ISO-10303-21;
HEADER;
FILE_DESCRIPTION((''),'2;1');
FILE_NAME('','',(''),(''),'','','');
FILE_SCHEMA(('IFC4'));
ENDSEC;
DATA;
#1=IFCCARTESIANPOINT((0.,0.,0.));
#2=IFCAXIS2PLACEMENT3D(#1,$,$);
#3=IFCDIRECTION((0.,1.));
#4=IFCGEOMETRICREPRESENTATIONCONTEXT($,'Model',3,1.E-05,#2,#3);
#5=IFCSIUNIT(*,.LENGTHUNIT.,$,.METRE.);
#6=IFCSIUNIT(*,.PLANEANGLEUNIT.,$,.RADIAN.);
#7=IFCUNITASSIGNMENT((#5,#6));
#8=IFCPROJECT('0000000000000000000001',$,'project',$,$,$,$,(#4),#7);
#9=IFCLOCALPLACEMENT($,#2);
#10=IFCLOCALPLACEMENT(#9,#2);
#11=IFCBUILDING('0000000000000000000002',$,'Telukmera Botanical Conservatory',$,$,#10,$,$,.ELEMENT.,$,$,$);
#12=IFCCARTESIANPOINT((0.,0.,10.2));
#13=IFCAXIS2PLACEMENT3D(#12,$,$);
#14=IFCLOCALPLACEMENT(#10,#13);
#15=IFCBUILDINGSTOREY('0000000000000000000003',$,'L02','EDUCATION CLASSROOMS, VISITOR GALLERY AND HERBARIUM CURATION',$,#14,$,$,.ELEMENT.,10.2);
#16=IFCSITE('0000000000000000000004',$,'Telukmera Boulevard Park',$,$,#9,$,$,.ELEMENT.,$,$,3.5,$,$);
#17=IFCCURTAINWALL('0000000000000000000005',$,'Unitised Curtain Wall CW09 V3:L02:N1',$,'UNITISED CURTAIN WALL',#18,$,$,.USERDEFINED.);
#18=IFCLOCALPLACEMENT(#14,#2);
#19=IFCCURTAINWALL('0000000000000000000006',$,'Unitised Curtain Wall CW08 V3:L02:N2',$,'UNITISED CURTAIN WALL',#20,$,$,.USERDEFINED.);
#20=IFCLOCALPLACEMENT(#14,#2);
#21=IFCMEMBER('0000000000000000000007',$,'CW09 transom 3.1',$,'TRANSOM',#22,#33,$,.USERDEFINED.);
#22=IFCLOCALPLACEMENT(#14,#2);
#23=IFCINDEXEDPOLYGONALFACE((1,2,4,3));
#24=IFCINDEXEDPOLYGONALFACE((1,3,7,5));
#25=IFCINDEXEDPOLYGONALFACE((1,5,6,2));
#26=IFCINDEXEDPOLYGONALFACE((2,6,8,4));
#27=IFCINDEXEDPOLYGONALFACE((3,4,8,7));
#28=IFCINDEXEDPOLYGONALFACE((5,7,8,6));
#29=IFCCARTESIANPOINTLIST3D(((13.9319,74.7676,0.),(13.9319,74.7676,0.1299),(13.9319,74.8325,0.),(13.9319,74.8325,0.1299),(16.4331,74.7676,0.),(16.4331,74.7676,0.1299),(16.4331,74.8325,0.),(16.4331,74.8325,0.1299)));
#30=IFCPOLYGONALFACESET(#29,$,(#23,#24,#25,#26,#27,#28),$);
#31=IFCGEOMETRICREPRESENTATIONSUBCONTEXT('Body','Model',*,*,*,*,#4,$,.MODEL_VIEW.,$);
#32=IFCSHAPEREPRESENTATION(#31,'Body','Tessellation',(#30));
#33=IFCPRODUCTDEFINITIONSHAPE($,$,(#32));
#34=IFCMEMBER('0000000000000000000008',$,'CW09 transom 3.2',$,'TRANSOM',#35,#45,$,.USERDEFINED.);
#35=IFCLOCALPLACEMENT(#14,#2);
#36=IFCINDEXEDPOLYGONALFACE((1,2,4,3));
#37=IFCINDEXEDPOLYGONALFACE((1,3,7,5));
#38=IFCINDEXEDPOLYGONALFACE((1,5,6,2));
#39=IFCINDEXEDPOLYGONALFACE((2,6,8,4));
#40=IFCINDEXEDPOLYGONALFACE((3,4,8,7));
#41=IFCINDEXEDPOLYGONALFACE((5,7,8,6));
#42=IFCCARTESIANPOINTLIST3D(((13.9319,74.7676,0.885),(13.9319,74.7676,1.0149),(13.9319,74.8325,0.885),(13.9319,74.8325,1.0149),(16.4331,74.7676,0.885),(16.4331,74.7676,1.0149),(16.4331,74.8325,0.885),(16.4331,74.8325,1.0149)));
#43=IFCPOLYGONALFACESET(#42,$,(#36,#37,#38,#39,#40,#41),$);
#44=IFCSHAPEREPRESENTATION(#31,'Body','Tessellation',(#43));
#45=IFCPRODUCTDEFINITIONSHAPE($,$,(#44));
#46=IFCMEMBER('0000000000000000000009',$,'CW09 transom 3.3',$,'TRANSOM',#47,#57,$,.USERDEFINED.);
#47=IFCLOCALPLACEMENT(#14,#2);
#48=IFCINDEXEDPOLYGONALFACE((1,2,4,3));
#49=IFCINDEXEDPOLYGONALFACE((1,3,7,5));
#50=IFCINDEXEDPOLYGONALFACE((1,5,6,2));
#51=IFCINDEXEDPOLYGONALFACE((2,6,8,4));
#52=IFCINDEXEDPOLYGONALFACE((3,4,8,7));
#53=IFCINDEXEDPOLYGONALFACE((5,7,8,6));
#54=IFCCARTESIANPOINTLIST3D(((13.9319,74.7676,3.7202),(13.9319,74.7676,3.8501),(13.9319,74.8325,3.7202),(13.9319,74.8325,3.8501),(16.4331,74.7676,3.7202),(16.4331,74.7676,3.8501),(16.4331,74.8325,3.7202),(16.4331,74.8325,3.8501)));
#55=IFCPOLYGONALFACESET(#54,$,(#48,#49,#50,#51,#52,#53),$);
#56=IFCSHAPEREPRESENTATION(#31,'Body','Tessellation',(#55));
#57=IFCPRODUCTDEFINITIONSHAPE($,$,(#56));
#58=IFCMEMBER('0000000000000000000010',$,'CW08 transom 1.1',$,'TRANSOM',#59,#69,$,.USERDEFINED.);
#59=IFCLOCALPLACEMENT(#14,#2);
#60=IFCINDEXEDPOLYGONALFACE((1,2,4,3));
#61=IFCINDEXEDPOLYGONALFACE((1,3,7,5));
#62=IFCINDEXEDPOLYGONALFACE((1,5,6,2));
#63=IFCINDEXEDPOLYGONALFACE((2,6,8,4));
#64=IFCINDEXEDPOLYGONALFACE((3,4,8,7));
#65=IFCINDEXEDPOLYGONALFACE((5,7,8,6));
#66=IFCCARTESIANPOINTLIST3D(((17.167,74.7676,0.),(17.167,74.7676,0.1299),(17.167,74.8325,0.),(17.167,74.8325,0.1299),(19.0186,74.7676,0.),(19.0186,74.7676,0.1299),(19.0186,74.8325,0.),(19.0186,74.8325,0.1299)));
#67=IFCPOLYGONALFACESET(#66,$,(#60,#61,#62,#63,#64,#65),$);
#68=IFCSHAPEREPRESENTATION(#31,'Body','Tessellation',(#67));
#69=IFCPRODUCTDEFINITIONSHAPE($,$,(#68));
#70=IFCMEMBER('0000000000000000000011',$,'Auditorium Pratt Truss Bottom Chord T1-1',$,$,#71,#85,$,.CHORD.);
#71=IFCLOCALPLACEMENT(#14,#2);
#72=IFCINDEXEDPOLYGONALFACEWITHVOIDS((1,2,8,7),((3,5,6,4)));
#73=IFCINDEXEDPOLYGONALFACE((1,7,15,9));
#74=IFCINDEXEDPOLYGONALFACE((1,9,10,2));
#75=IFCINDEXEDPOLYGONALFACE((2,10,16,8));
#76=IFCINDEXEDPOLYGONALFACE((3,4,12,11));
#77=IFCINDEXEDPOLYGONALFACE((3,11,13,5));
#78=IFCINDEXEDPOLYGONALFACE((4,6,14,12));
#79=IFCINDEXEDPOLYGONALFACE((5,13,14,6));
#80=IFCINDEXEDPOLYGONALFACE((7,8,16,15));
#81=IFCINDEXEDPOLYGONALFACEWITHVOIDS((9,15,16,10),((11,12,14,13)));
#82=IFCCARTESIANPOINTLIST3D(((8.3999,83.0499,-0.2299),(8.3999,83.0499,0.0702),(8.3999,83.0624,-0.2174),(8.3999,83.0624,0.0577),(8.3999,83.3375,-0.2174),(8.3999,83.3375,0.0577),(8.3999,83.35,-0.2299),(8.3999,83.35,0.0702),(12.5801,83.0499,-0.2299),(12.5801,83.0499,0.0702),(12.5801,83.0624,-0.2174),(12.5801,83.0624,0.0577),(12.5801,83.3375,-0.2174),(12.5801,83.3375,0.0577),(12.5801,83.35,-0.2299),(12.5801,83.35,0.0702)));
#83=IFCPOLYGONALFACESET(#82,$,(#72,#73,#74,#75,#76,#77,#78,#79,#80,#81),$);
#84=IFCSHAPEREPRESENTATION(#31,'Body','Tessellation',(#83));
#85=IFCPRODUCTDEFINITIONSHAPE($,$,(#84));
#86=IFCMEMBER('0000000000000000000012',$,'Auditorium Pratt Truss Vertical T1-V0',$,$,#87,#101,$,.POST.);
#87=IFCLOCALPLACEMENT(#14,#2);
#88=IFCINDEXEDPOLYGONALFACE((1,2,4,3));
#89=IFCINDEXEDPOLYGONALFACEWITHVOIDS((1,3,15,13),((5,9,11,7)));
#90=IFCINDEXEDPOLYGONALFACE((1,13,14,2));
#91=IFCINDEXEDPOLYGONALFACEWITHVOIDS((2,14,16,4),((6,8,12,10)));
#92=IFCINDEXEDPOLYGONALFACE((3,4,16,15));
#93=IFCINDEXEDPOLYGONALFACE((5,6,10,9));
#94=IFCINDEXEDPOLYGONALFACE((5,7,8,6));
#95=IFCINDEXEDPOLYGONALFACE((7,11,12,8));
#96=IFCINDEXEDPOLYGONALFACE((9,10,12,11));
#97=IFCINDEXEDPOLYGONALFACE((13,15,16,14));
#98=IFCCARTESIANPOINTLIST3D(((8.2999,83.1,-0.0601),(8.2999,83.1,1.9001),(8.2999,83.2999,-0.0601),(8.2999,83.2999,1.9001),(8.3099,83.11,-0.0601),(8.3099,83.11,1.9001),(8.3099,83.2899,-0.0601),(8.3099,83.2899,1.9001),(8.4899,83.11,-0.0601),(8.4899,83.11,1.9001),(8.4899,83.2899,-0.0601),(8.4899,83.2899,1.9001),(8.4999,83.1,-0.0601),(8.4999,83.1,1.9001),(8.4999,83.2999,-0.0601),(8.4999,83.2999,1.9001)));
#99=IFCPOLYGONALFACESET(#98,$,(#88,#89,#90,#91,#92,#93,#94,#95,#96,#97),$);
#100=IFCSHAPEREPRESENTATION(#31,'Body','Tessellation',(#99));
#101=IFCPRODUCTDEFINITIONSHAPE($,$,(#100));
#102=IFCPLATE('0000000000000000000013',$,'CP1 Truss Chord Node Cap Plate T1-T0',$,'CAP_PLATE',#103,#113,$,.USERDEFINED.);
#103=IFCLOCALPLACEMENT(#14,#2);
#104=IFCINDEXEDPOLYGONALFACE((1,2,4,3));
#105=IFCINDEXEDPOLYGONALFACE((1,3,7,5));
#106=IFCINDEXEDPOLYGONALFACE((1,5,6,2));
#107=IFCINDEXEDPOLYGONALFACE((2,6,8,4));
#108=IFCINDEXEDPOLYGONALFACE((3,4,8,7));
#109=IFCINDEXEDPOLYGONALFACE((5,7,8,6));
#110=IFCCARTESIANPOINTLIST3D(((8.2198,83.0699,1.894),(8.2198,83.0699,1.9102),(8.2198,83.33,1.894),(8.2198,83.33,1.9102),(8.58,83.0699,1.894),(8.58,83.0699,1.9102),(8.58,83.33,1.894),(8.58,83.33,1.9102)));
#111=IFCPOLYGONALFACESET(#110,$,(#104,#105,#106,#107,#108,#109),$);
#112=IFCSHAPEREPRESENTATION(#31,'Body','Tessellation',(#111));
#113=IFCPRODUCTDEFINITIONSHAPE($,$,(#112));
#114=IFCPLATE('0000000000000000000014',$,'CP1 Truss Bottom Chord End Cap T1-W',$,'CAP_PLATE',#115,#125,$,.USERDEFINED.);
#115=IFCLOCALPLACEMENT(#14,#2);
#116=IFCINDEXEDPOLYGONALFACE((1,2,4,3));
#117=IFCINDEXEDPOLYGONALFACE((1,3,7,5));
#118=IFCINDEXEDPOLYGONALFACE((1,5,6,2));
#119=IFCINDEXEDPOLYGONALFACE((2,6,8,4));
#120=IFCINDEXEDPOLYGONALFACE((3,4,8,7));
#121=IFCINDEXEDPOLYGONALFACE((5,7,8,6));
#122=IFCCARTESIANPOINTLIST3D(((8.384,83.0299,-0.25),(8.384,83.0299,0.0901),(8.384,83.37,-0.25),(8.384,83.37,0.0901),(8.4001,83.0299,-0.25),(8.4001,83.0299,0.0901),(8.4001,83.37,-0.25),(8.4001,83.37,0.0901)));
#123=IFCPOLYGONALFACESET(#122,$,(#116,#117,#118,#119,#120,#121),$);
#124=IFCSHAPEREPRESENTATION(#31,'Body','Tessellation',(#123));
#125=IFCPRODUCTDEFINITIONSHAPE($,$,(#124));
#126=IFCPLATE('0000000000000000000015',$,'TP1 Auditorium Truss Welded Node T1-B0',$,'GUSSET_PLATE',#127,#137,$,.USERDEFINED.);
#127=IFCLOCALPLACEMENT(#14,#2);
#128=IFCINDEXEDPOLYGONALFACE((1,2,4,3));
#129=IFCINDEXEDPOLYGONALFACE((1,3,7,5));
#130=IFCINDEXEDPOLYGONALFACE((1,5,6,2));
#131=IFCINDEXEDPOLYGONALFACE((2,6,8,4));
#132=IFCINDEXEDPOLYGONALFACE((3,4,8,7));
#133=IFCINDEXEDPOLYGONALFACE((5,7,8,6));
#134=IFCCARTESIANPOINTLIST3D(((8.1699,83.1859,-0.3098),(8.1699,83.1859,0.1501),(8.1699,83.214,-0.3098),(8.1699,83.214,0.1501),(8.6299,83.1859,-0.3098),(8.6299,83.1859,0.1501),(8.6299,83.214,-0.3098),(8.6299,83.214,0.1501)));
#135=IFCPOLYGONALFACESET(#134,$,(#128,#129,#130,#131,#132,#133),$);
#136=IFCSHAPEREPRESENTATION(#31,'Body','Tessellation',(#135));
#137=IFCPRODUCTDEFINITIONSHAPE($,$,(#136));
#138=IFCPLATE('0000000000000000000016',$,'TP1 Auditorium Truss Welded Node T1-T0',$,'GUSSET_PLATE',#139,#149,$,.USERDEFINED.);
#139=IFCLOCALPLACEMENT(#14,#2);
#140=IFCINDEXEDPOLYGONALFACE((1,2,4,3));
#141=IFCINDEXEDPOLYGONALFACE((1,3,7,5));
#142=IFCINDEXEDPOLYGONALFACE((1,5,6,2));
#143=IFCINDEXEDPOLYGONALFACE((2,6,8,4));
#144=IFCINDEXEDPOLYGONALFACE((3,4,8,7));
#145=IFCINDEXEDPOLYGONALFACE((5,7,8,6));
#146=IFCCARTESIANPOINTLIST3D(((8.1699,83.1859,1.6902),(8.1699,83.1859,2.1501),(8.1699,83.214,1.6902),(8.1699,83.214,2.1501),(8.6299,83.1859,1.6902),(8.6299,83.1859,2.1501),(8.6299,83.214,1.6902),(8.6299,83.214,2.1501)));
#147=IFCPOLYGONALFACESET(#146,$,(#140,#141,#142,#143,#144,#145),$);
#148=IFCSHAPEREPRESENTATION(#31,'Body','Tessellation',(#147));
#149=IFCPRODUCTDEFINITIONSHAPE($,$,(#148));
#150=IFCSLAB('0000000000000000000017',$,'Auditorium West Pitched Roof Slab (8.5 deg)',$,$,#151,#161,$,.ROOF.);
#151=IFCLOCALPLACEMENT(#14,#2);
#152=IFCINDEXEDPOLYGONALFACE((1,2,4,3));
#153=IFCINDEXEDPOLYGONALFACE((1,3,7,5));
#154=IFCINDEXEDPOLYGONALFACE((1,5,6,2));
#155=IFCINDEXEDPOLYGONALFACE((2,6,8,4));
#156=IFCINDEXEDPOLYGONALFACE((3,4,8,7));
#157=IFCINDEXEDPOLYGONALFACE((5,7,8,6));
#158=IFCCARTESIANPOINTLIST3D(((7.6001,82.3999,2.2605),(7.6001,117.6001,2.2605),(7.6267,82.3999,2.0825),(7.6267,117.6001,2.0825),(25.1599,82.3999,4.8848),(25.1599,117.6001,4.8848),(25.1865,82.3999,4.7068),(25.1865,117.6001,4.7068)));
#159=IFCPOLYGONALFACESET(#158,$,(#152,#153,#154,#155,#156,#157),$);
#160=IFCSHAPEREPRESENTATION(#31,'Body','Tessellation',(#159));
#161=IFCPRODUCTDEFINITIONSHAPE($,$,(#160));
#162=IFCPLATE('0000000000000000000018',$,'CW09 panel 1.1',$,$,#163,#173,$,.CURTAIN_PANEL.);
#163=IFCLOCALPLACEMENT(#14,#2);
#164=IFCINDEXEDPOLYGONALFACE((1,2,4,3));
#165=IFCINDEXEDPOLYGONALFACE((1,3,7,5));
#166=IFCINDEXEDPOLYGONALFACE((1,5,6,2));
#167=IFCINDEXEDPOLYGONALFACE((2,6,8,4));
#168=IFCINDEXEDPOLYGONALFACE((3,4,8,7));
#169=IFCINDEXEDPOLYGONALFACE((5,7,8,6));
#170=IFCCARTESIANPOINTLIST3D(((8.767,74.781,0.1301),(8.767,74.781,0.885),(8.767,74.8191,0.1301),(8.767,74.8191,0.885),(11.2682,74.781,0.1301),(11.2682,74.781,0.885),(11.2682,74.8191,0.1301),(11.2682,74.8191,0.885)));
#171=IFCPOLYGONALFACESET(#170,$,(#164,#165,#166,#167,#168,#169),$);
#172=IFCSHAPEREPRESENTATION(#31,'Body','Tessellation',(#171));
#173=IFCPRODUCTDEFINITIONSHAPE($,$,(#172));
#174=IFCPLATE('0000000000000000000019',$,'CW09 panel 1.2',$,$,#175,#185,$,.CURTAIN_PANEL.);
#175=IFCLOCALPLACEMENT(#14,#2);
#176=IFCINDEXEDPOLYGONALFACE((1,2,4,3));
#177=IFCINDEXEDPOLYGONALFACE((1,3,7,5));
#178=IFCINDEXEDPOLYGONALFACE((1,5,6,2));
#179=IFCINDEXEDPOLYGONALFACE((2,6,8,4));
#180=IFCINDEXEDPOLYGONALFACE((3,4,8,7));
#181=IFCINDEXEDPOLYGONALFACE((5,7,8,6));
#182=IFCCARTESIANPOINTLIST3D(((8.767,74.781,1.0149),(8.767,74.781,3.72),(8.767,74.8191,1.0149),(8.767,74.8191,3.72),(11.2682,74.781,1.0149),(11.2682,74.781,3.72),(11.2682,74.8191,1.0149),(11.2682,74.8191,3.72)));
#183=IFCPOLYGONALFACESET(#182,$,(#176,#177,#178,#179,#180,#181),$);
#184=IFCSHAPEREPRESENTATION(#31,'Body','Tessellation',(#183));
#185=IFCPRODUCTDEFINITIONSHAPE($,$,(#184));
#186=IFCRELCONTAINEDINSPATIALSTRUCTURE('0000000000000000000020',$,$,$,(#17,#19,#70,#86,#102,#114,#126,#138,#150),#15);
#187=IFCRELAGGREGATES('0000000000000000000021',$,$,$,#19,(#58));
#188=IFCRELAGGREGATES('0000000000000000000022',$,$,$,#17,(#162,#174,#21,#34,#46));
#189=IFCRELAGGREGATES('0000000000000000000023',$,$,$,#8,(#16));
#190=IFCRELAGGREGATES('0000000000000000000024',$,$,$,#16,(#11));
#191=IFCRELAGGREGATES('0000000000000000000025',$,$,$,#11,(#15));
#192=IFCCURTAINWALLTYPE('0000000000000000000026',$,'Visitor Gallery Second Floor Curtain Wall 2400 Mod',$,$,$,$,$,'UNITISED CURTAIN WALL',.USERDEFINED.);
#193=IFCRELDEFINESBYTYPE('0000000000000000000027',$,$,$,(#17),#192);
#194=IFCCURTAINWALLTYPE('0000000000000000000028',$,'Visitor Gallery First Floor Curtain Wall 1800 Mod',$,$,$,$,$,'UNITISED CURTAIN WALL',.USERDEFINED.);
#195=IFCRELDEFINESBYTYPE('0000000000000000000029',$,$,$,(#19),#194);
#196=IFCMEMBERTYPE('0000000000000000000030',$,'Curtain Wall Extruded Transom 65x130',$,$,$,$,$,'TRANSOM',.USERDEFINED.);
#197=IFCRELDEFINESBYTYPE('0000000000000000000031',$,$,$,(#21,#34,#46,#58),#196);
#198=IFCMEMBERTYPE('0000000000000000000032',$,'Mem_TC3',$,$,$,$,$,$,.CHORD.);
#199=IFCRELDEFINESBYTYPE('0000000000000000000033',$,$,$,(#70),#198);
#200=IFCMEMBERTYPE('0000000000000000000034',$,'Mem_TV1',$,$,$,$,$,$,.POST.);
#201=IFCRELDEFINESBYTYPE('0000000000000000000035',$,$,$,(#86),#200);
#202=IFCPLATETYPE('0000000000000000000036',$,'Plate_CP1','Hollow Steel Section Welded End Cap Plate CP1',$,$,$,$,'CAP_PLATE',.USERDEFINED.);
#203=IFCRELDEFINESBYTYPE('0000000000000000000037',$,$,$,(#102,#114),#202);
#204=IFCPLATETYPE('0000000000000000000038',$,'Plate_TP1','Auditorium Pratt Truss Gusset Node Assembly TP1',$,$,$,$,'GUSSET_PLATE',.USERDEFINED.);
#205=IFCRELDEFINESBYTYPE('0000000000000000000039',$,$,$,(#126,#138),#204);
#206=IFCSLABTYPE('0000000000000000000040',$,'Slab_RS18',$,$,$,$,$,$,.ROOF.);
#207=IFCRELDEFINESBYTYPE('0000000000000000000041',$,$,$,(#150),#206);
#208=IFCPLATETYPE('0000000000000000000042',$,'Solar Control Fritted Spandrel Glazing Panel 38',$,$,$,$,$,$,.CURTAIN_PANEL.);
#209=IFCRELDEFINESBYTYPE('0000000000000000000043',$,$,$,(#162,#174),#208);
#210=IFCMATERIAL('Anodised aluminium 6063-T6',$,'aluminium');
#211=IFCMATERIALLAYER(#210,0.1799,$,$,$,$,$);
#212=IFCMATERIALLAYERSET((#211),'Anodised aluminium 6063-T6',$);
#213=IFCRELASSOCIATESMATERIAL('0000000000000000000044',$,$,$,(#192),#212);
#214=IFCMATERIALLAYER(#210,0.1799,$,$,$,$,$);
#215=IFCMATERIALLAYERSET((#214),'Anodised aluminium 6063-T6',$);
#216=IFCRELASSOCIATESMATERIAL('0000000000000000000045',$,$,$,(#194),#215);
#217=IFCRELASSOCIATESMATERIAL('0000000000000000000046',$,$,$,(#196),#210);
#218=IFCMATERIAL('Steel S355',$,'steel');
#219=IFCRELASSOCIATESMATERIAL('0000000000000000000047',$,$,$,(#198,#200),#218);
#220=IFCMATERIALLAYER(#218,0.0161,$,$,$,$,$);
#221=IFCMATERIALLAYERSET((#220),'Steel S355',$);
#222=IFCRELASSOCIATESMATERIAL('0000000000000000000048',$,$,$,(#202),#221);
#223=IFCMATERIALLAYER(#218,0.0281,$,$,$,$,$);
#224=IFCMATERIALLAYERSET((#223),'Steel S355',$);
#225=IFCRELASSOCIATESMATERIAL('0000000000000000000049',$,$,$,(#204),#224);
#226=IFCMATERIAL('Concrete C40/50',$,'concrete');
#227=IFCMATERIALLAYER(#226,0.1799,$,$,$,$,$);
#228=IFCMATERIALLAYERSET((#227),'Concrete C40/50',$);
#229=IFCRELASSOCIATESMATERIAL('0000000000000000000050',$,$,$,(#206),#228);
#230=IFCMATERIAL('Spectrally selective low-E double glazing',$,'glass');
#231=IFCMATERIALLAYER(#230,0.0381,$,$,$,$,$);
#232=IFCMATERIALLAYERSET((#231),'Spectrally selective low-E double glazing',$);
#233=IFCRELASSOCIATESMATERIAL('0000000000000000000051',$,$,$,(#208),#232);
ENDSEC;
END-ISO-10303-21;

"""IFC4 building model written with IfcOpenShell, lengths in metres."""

from ifc_helpers import new_model, si_unit, direction, frame, origin, origin_2d, place, context, subcontext, project, spatial, polyline, rectangle, hollow_rectangle, outline, extrude, material, layer, layer_set, material_profile, profile_set, type_object, element, aggregate, save


model = new_model("IFC4")

# Units and contexts
model_context = context("Model", 3, precision=1e-05, world=origin(), true_north=direction((0.0, 1.0)))
body_context = subcontext(model_context, "Body", "Model", "MODEL_VIEW")
ifc_project = project(units=[si_unit("LENGTHUNIT", "METRE"), si_unit("PLANEANGLEUNIT", "RADIAN")], contexts=[model_context])

# Site, building, storey
site_placement = place(None, origin())
site = spatial("IfcSite", under=ifc_project, at=site_placement, Name="Telukmera Boulevard Park", CompositionType="ELEMENT", RefElevation=3.5)
building_placement = place(site_placement, origin())
building = spatial("IfcBuilding", under=site, at=building_placement, Name="Telukmera Botanical Conservatory", CompositionType="ELEMENT")
storey_placement = place(building_placement, frame((0.0, 0.0, 10.2)))
storey = spatial("IfcBuildingStorey", under=building, at=storey_placement, Name="L02", Description="EDUCATION CLASSROOMS, VISITOR GALLERY AND HERBARIUM CURATION", CompositionType="ELEMENT", Elevation=10.2)

# Shared definitions
ifc_material_1 = material(Name="Concrete C40/50", Category="concrete")

# Curtain wall
ifc_material_2 = material(Name="Anodised aluminium 6063-T6", Category="aluminium")
ifc_layer_1 = layer(ifc_material_2, 0.1799)
ifc_layer_set_1 = layer_set([ifc_layer_1], Name="Anodised aluminium 6063-T6")
curtain_wall_type_1 = type_object("IfcCurtainWallType", Name="Visitor Gallery Second Floor Curtain Wall 2400 Mod", ElementType="UNITISED CURTAIN WALL", PredefinedType="USERDEFINED", material=ifc_layer_set_1)
curtain_wall_1_placement = place(storey_placement, origin())
curtain_wall_1 = element("IfcCurtainWall", 1, at=curtain_wall_1_placement, inside=storey, type_object=curtain_wall_type_1, Name="Unitised Curtain Wall CW09 V3:L02:N1", ObjectType="UNITISED CURTAIN WALL", PredefinedType="USERDEFINED")

# Curtain wall
ifc_layer_2 = layer(ifc_material_2, 0.1799)
ifc_layer_set_2 = layer_set([ifc_layer_2], Name="Anodised aluminium 6063-T6")
curtain_wall_type_2 = type_object("IfcCurtainWallType", Name="Visitor Gallery First Floor Curtain Wall 1800 Mod", ElementType="UNITISED CURTAIN WALL", PredefinedType="USERDEFINED", material=ifc_layer_set_2)
curtain_wall_2_placement = place(storey_placement, origin())
curtain_wall_2 = element("IfcCurtainWall", 2, at=curtain_wall_2_placement, inside=storey, type_object=curtain_wall_type_2, Name="Unitised Curtain Wall CW08 V3:L02:N2", ObjectType="UNITISED CURTAIN WALL", PredefinedType="USERDEFINED")

# Members
ifc_material_profile_1 = material_profile(ifc_material_2, rectangle(XDim=0.0649, YDim=0.1299, at=origin_2d()), Name="ALU TRAN 65x130")
ifc_profile_set_1 = profile_set([ifc_material_profile_1], Name="Anodised aluminium 6063-T6")
member_type_1 = type_object("IfcMemberType", Name="Curtain Wall Extruded Transom 65x130", ElementType="TRANSOM", PredefinedType="USERDEFINED", material=ifc_profile_set_1)
member_1_placement = place(storey_placement, frame((13.9319, 74.8, 0.0649), z_axis=(1.0, 0.0, 0.0), x_axis=(0.0, 1.0, 0.0)))
member_1 = element("IfcMember", 3, at=member_1_placement, type_object=member_type_1, Name="CW09 transom 3.1", ObjectType="TRANSOM", PredefinedType="USERDEFINED", context=body_context, shape_type="SweptSolid", body=[
    extrude(rectangle(XDim=0.0649, YDim=0.1299, at=origin_2d()), origin(), (0.0, 0.0, 1.0), 2.5012),
])
member_2_placement = place(storey_placement, frame((13.9319, 74.8, 0.95), z_axis=(1.0, 0.0, 0.0), x_axis=(0.0, 1.0, 0.0)))
member_2 = element("IfcMember", 4, at=member_2_placement, type_object=member_type_1, Name="CW09 transom 3.2", ObjectType="TRANSOM", PredefinedType="USERDEFINED", context=body_context, shape_type="SweptSolid", body=[
    extrude(rectangle(XDim=0.0649, YDim=0.1299, at=origin_2d()), origin(), (0.0, 0.0, 1.0), 2.5012),
])
member_3_placement = place(storey_placement, frame((13.9319, 74.8, 3.7852), z_axis=(1.0, 0.0, 0.0), x_axis=(0.0, 1.0, 0.0)))
member_3 = element("IfcMember", 5, at=member_3_placement, type_object=member_type_1, Name="CW09 transom 3.3", ObjectType="TRANSOM", PredefinedType="USERDEFINED", context=body_context, shape_type="SweptSolid", body=[
    extrude(rectangle(XDim=0.0649, YDim=0.1299, at=origin_2d()), origin(), (0.0, 0.0, 1.0), 2.5012),
])
member_4_placement = place(storey_placement, frame((17.167, 74.8, 0.0649), z_axis=(1.0, 0.0, 0.0), x_axis=(0.0, 1.0, 0.0)))
member_4 = element("IfcMember", 6, at=member_4_placement, type_object=member_type_1, Name="CW08 transom 1.1", ObjectType="TRANSOM", PredefinedType="USERDEFINED", context=body_context, shape_type="SweptSolid", body=[
    extrude(rectangle(XDim=0.0649, YDim=0.1299, at=origin_2d()), origin(), (0.0, 0.0, 1.0), 1.8516),
])
aggregate(curtain_wall_2, [member_4])

# Members
ifc_material_3 = material(Name="Steel S355", Category="steel")
ifc_material_profile_2 = material_profile(ifc_material_3, hollow_rectangle(XDim=0.3, YDim=0.3, WallThickness=0.0125, at=origin_2d()), Name="SHS 300x300x12.5")
ifc_profile_set_2 = profile_set([ifc_material_profile_2], Name="Steel S355")
member_type_2 = type_object("IfcMemberType", Name="Mem_TC3", PredefinedType="CHORD", material=ifc_profile_set_2)
member_5_placement = place(storey_placement, frame((8.3999, 83.2, -0.0798), z_axis=(1.0, 0.0, 0.0), x_axis=(0.0, 1.0, 0.0)))
element("IfcMember", 7, at=member_5_placement, inside=storey, type_object=member_type_2, Name="Auditorium Pratt Truss Bottom Chord T1-1", PredefinedType="CHORD", context=body_context, shape_type="SweptSolid", body=[
    extrude(hollow_rectangle(XDim=0.3, YDim=0.3, WallThickness=0.0125, at=origin_2d()), origin(), (0.0, 0.0, 1.0), 4.1802),
])
ifc_material_profile_3 = material_profile(ifc_material_3, hollow_rectangle(XDim=0.2, YDim=0.2, WallThickness=0.01, at=origin_2d()), Name="SHS 200x200x10.0")
ifc_profile_set_3 = profile_set([ifc_material_profile_3], Name="Steel S355")
member_type_3 = type_object("IfcMemberType", Name="Mem_TV1", PredefinedType="POST", material=ifc_profile_set_3)
member_6_placement = place(storey_placement, frame((8.3999, 83.2, -0.0601), z_axis=(0.0, 0.0, 1.0), x_axis=(1.0, 0.0, 0.0)))
element("IfcMember", 8, at=member_6_placement, inside=storey, type_object=member_type_3, Name="Auditorium Pratt Truss Vertical T1-V0", PredefinedType="POST", context=body_context, shape_type="SweptSolid", body=[
    extrude(hollow_rectangle(XDim=0.2, YDim=0.2, WallThickness=0.01, at=origin_2d()), origin(), (0.0, 0.0, 1.0), 1.9602),
])

# Plates
ifc_layer_3 = layer(ifc_material_3, 0.0161)
ifc_layer_set_3 = layer_set([ifc_layer_3], Name="Steel S355")
plate_type_1 = type_object("IfcPlateType", Name="Plate_CP1", Description="Hollow Steel Section Welded End Cap Plate CP1", ElementType="CAP_PLATE", PredefinedType="USERDEFINED", material=ifc_layer_set_3)
plate_1_placement = place(storey_placement, frame((8.3999, 83.2, 1.894), z_axis=(0.0, 0.0, 1.0), x_axis=(1.0, 0.0, 0.0)))
element("IfcPlate", 9, at=plate_1_placement, inside=storey, type_object=plate_type_1, Name="CP1 Truss Chord Node Cap Plate T1-T0", ObjectType="CAP_PLATE", PredefinedType="USERDEFINED", context=body_context, shape_type="SweptSolid", body=[
    extrude(rectangle(XDim=0.3601, YDim=0.26, at=origin_2d()), origin(), (0.0, 0.0, 1.0), 0.0161),
])
plate_2_placement = place(storey_placement, frame((8.3921, 83.2, -0.25), z_axis=(0.0, 0.0, 1.0), x_axis=(1.0, 0.0, 0.0)))
element("IfcPlate", 10, at=plate_2_placement, inside=storey, type_object=plate_type_1, Name="CP1 Truss Bottom Chord End Cap T1-W", ObjectType="CAP_PLATE", PredefinedType="USERDEFINED", context=body_context, shape_type="SweptSolid", body=[
    extrude(rectangle(XDim=0.0161, YDim=0.3401, at=origin_2d()), origin(), (0.0, 0.0, 1.0), 0.3401),
])
ifc_layer_4 = layer(ifc_material_3, 0.0281)
ifc_layer_set_4 = layer_set([ifc_layer_4], Name="Steel S355")
plate_type_2 = type_object("IfcPlateType", Name="Plate_TP1", Description="Auditorium Pratt Truss Gusset Node Assembly TP1", ElementType="GUSSET_PLATE", PredefinedType="USERDEFINED", material=ifc_layer_set_4)
for number, where, z_axis, x_axis, name in (
    (11, (8.3999, 83.2, -0.3098), (0.0, 0.0, 1.0), (1.0, 0.0, 0.0), "TP1 Auditorium Truss Welded Node T1-B0"),
    (12, (8.3999, 83.2, 1.6902), (0.0, 0.0, 1.0), (1.0, 0.0, 0.0), "TP1 Auditorium Truss Welded Node T1-T0"),
):
    element("IfcPlate", number, at=place(storey_placement, frame(where, z_axis=z_axis, x_axis=x_axis)), inside=storey, type_object=plate_type_2, Name=name, ObjectType="GUSSET_PLATE", PredefinedType="USERDEFINED", context=body_context, shape_type="SweptSolid", body=[
        extrude(rectangle(XDim=0.46, YDim=0.0281, at=origin_2d()), origin(), (0.0, 0.0, 1.0), 0.46),
    ])

# Slab
ifc_layer_5 = layer(ifc_material_1, 0.1799)
ifc_layer_set_5 = layer_set([ifc_layer_5], Name="Concrete C40/50")
slab_type = type_object("IfcSlabType", Name="Slab_RS18", PredefinedType="ROOF", material=ifc_layer_set_5)
slab_placement = place(storey_placement, frame((7.6001, 82.3999, 2.2605), z_axis=(-0.147806, 0.0, 0.989016), x_axis=(0.989016, 0.0, 0.147806)))
element("IfcSlab", 13, at=slab_placement, inside=storey, type_object=slab_type, Name="Auditorium West Pitched Roof Slab (8.5 deg)", PredefinedType="ROOF", context=body_context, shape_type="SweptSolid", body=[
    extrude(outline(polyline([(0.0, 0.0), (17.7548, 0.0), (17.7548, 35.2002), (0.0, 35.2002), (0.0, 0.0)])), origin(), (0.0, 0.0, -1.0), 0.1799),
])

# Plates
ifc_material_4 = material(Name="Spectrally selective low-E double glazing", Category="glass")
ifc_layer_6 = layer(ifc_material_4, 0.0381)
ifc_layer_set_6 = layer_set([ifc_layer_6], Name="Spectrally selective low-E double glazing")
plate_type_3 = type_object("IfcPlateType", Name="Solar Control Fritted Spandrel Glazing Panel 38", PredefinedType="CURTAIN_PANEL", material=ifc_layer_set_6)
plate_3_placement = place(storey_placement, frame((10.0176, 74.8, 0.1301), z_axis=(0.0, 0.0, 1.0), x_axis=(1.0, 0.0, 0.0)))
plate_3 = element("IfcPlate", 14, at=plate_3_placement, type_object=plate_type_3, Name="CW09 panel 1.1", PredefinedType="CURTAIN_PANEL", context=body_context, shape_type="SweptSolid", body=[
    extrude(rectangle(XDim=2.5012, YDim=0.0381, at=origin_2d()), origin(), (0.0, 0.0, 1.0), 0.7549),
])
plate_4_placement = place(storey_placement, frame((10.0176, 74.8, 1.0149), z_axis=(0.0, 0.0, 1.0), x_axis=(1.0, 0.0, 0.0)))
plate_4 = element("IfcPlate", 15, at=plate_4_placement, type_object=plate_type_3, Name="CW09 panel 1.2", PredefinedType="CURTAIN_PANEL", context=body_context, shape_type="SweptSolid", body=[
    extrude(rectangle(XDim=2.5012, YDim=0.0381, at=origin_2d()), origin(), (0.0, 0.0, 1.0), 2.7051),
])
aggregate(curtain_wall_1, [plate_3, plate_4, member_1, member_2, member_3])

save(model, "model.ifc")
